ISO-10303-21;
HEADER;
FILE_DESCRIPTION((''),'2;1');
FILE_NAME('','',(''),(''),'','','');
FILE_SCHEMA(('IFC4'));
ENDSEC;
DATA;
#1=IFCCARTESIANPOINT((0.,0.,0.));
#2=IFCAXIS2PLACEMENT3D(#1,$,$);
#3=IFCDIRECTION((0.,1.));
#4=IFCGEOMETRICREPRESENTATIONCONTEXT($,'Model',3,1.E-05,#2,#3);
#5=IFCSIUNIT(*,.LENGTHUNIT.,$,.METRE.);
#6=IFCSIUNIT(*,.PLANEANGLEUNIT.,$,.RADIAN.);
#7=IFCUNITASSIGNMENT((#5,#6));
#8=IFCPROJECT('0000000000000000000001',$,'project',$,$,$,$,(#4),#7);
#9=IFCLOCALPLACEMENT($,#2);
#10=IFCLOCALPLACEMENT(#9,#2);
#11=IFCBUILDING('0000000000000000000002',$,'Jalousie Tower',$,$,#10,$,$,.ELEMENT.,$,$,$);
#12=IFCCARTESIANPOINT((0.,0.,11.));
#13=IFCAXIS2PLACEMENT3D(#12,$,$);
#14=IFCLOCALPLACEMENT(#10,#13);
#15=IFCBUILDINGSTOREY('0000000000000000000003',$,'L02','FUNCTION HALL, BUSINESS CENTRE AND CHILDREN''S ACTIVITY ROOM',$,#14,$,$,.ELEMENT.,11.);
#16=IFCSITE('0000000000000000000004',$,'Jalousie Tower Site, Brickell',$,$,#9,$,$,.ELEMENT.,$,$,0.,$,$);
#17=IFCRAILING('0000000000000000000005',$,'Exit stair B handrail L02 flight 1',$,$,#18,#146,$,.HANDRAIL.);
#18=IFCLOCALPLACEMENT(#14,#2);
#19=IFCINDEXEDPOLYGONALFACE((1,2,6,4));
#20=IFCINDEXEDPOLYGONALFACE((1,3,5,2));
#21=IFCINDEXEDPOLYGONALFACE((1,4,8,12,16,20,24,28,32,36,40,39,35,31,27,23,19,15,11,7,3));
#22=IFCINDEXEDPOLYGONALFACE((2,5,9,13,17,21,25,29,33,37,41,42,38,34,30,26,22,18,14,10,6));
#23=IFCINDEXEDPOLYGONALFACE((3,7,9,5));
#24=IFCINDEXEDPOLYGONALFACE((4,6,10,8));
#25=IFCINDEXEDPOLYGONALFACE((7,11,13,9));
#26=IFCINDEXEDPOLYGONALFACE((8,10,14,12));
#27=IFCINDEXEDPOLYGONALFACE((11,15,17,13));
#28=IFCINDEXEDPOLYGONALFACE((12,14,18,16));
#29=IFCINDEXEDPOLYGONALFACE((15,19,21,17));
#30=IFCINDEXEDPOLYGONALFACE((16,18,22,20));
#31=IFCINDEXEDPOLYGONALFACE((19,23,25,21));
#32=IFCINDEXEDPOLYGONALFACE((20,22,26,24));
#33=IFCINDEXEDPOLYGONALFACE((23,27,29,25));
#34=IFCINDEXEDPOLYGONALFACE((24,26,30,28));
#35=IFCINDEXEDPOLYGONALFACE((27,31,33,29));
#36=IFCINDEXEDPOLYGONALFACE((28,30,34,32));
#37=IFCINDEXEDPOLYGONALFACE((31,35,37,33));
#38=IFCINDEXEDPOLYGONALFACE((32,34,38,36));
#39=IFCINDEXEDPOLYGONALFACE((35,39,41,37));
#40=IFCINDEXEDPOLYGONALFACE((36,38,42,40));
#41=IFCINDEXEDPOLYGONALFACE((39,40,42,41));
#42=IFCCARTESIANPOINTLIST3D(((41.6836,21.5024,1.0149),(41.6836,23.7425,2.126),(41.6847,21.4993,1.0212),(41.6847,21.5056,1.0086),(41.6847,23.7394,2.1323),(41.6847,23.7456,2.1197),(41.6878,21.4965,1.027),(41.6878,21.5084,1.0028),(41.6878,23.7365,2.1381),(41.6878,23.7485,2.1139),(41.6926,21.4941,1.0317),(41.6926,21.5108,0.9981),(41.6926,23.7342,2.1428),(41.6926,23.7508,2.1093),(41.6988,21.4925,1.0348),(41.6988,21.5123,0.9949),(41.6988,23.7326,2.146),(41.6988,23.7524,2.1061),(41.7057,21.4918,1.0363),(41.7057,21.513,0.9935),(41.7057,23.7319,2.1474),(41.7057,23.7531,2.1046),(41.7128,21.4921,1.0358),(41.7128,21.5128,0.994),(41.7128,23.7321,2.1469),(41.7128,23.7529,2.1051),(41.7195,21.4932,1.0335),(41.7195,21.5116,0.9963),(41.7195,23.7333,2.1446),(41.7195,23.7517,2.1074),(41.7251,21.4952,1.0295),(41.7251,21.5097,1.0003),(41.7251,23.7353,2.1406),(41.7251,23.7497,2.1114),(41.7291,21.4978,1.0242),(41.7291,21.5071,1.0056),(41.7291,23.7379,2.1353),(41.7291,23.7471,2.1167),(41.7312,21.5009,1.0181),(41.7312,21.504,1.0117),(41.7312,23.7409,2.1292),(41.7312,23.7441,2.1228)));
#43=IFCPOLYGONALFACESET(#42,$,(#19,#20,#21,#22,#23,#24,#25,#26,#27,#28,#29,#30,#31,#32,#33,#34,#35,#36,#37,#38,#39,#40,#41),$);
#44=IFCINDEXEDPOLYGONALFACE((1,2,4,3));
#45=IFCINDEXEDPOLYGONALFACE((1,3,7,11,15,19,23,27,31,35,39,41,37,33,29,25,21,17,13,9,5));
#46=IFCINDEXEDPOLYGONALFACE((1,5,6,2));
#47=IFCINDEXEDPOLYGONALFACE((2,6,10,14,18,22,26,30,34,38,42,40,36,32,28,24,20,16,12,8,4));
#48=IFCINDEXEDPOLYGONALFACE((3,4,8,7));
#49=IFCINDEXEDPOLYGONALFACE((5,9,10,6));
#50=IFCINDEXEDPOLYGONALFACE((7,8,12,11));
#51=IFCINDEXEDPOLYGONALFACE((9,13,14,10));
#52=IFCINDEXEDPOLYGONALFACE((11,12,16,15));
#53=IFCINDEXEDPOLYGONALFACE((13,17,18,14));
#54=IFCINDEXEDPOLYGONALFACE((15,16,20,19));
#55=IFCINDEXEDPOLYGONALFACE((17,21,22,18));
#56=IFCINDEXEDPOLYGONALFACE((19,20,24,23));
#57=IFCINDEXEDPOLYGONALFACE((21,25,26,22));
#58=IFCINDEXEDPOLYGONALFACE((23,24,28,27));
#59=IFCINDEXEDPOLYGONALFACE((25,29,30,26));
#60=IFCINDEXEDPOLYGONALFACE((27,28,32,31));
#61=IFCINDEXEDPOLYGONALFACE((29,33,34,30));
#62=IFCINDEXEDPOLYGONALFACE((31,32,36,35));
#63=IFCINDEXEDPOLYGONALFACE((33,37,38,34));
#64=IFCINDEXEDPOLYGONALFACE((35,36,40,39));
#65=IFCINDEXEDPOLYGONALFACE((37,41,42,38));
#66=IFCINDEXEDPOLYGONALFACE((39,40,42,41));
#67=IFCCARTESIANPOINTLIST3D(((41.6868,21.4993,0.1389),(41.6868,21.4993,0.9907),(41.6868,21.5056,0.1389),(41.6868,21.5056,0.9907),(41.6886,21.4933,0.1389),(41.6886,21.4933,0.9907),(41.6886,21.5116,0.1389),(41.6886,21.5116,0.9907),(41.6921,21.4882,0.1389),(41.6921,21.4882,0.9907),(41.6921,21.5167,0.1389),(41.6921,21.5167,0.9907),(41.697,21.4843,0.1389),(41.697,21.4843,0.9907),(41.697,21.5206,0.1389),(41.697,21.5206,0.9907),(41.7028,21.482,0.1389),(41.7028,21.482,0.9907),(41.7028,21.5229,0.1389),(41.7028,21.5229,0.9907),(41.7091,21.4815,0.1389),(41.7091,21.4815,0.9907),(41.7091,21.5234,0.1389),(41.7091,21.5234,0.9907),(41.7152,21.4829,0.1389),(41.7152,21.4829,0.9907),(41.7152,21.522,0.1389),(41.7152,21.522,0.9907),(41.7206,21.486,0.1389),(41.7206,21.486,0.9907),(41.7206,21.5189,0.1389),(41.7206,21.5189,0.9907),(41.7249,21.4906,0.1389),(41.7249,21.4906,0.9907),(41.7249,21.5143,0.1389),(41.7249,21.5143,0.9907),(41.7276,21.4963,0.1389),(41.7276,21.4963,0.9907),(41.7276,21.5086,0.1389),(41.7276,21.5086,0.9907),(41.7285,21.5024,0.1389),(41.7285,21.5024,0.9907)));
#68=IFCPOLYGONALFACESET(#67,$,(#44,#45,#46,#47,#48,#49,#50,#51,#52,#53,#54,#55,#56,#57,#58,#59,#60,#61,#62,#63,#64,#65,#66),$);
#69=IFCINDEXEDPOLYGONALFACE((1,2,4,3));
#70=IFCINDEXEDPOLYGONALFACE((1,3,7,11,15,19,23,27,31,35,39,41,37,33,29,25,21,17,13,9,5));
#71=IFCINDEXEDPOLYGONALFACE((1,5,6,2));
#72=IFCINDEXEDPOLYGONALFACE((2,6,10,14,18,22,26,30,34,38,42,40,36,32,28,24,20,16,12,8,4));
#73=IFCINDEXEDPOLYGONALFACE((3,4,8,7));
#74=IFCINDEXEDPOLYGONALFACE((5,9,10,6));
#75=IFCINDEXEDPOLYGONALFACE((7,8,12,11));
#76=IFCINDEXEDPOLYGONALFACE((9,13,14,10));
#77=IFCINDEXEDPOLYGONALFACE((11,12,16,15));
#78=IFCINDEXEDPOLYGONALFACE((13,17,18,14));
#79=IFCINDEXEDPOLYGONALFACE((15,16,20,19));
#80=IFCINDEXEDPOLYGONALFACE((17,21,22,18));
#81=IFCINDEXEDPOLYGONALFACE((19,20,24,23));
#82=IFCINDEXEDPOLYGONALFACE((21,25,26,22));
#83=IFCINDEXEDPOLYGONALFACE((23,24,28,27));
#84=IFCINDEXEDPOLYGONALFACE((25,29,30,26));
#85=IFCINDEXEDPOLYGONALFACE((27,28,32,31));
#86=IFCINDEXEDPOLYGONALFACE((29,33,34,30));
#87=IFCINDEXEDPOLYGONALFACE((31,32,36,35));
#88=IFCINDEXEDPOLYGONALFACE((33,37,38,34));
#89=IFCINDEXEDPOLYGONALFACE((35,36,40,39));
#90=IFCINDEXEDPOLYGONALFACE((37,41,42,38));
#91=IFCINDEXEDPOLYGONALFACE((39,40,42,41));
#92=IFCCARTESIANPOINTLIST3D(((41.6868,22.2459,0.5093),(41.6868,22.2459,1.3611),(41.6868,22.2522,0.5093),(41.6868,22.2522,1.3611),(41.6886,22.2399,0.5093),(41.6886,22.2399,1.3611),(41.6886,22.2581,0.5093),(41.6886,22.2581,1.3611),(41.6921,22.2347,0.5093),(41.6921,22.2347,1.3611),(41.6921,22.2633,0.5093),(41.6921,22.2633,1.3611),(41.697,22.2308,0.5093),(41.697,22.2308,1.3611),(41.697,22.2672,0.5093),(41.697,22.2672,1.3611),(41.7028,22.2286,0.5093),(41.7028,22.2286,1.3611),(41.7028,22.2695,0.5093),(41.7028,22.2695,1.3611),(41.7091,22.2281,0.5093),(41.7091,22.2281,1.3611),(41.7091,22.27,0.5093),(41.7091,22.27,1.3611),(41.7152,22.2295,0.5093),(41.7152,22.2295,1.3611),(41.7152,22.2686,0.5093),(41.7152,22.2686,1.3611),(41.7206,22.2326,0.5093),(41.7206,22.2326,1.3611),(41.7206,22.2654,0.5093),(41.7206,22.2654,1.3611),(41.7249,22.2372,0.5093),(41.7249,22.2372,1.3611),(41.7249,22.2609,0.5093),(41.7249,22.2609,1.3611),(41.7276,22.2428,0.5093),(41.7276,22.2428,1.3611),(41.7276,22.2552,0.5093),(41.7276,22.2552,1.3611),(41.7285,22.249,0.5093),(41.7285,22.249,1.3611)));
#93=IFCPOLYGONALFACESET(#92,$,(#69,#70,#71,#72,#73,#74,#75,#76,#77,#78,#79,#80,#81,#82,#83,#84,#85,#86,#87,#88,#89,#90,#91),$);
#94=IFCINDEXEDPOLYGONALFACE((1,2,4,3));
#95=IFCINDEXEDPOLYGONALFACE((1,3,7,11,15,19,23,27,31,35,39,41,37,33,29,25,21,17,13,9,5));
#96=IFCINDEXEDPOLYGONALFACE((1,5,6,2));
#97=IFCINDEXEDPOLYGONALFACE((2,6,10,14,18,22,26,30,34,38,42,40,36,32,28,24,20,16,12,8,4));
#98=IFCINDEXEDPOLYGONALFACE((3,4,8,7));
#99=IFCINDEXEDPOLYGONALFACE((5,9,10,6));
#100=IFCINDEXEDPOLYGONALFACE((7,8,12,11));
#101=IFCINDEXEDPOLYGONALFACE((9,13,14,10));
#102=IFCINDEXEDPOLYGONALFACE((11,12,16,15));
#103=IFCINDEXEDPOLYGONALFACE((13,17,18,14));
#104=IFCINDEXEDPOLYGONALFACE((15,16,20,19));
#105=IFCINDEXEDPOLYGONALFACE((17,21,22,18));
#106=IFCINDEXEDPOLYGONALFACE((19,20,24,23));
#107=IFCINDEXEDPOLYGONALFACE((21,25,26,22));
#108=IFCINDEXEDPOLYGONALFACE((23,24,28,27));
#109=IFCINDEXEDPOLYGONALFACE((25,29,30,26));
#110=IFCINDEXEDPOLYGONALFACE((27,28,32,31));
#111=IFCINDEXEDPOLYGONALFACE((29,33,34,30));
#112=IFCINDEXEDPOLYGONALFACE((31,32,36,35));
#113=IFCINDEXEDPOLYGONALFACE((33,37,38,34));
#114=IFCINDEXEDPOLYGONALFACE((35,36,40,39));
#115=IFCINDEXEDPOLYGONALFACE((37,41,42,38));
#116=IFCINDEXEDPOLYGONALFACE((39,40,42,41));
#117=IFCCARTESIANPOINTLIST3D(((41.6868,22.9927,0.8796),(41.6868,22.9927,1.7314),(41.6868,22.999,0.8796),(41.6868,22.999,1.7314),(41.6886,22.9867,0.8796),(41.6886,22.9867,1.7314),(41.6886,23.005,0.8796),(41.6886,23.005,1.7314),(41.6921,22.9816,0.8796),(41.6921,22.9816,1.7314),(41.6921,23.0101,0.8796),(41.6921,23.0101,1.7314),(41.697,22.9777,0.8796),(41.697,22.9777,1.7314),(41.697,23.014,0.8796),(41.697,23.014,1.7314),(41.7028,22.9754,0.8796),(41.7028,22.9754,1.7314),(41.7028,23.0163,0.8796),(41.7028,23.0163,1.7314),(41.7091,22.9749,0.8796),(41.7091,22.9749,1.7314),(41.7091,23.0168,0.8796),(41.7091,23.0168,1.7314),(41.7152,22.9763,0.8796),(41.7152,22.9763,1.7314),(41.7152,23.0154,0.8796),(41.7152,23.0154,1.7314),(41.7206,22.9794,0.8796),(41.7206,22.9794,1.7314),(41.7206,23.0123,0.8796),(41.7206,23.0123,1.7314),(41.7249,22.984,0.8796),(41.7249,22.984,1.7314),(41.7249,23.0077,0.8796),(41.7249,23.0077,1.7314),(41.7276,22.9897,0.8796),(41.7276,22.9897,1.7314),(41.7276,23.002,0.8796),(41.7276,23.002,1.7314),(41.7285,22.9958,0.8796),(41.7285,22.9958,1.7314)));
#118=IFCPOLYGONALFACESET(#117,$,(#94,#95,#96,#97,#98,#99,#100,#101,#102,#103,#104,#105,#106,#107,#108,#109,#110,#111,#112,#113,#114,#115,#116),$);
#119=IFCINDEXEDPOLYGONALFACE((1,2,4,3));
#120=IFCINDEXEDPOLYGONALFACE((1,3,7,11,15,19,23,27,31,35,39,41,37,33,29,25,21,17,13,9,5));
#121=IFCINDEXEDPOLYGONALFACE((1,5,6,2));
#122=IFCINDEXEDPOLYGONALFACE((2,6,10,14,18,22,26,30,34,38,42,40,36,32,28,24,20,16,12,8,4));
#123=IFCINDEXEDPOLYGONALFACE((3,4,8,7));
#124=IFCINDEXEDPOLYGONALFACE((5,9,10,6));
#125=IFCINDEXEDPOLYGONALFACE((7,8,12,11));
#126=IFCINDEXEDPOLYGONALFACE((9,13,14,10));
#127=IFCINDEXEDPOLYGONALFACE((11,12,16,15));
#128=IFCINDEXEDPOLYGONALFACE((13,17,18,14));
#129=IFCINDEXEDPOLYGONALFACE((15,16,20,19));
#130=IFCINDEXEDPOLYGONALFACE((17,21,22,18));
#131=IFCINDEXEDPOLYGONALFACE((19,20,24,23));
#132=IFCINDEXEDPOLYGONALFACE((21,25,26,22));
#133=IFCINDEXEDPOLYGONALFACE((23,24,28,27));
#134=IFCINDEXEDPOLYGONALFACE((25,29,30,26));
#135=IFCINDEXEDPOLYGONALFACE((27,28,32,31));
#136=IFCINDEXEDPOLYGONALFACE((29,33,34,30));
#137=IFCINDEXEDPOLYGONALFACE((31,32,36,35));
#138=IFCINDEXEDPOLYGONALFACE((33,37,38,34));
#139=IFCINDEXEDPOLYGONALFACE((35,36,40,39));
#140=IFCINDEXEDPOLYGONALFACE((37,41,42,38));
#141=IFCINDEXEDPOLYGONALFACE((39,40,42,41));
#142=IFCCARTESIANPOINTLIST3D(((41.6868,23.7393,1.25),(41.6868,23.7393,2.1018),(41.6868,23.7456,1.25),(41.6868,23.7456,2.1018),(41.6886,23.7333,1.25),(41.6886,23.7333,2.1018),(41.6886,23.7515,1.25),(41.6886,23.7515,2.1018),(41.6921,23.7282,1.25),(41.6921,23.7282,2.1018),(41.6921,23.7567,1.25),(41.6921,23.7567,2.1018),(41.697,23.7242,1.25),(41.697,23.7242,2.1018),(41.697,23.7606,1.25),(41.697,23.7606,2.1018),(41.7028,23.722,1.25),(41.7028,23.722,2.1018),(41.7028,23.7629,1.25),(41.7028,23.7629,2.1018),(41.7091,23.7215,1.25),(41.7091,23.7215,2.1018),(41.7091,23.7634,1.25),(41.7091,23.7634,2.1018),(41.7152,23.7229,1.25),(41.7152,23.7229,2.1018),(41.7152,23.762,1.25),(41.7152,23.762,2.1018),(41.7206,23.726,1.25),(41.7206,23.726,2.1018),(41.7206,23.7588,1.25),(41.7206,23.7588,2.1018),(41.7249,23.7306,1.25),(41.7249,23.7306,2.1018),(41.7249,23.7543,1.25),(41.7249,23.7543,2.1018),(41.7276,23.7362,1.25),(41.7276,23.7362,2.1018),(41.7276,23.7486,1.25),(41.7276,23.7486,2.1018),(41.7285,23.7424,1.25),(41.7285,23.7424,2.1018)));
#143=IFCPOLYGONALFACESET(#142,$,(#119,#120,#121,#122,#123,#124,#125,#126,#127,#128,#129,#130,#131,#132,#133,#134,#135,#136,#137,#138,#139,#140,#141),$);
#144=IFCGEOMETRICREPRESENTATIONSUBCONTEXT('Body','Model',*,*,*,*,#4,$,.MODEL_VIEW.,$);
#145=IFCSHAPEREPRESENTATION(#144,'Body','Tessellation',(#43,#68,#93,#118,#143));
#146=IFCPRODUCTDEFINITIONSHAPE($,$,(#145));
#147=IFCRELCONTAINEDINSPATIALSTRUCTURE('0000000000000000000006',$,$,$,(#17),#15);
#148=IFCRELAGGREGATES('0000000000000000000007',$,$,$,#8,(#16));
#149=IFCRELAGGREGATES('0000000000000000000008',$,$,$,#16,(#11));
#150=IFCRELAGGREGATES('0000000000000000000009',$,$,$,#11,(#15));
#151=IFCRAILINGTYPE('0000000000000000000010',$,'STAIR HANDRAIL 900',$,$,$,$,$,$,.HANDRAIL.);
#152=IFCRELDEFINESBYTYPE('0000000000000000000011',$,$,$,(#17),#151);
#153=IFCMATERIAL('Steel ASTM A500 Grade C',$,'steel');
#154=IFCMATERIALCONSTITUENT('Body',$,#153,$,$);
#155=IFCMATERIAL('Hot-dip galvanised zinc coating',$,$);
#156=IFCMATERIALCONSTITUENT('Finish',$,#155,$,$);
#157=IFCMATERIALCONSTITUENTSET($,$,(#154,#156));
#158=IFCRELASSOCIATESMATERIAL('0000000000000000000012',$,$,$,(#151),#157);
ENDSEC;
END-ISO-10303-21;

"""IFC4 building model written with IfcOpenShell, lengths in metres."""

from ifc_helpers import new_model, si_unit, direction, frame, origin, origin_2d, place, context, subcontext, project, spatial, circle, extrude, material, constituent, constituent_set, type_object, element, save


model = new_model("IFC4")

# Units and contexts
model_context = context("Model", 3, precision=1e-05, world=origin(), true_north=direction((0.0, 1.0)))
body_context = subcontext(model_context, "Body", "Model", "MODEL_VIEW")
ifc_project = project(units=[si_unit("LENGTHUNIT", "METRE"), si_unit("PLANEANGLEUNIT", "RADIAN")], contexts=[model_context])

# Site, building, storey
site_placement = place(None, origin())
site = spatial("IfcSite", under=ifc_project, at=site_placement, Name="Jalousie Tower Site, Brickell", CompositionType="ELEMENT", RefElevation=0.0)
building_placement = place(site_placement, origin())
building = spatial("IfcBuilding", under=site, at=building_placement, Name="Jalousie Tower", CompositionType="ELEMENT")
storey_placement = place(building_placement, frame((0.0, 0.0, 11.0)))
storey = spatial("IfcBuildingStorey", under=building, at=storey_placement, Name="L02", Description="FUNCTION HALL, BUSINESS CENTRE AND CHILDREN'S ACTIVITY ROOM", CompositionType="ELEMENT", Elevation=11.0)

# Railing
ifc_material_1 = material(Name="Steel ASTM A500 Grade C", Category="steel")
ifc_constituent_1 = constituent(ifc_material_1, Name="Body")
ifc_material_2 = material(Name="Hot-dip galvanised zinc coating")
ifc_constituent_2 = constituent(ifc_material_2, Name="Finish")
ifc_constituent_set_1 = constituent_set(constituents=[ifc_constituent_1, ifc_constituent_2])
railing_type_1 = type_object("IfcRailingType", Name="STAIR HANDRAIL 900", PredefinedType="HANDRAIL", material=ifc_constituent_set_1)
for number, where, name in (
    (1, (41.7075, 21.5024, 0.1389), "Exit stair B handrail L02 flight 1"),
):
    element("IfcRailing", number, at=place(storey_placement, frame(where)), inside=storey, type_object=railing_type_1, Name=name, PredefinedType="HANDRAIL", context=body_context, shape_type="SweptSolid", body=[
        extrude(circle(Radius=0.0239, at=origin_2d()), frame((0.0, 0.0, 0.876), z_axis=(0.0, 0.895848, 0.44436), x_axis=(-1.0, 0.0, 0.0)), (0.0, 0.0, 1.0), 2.5005),
        extrude(circle(Radius=0.021, at=origin_2d()), origin(), (0.0, 0.0, 1.0), 0.8518),
        extrude(circle(Radius=0.021, at=origin_2d()), frame((0.0, 0.7466, 0.3704)), (0.0, 0.0, 1.0), 0.8518),
        extrude(circle(Radius=0.021, at=origin_2d()), frame((0.0, 1.4934, 0.7407)), (0.0, 0.0, 1.0), 0.8518),
        extrude(circle(Radius=0.021, at=origin_2d()), frame((0.0, 2.24, 1.1111)), (0.0, 0.0, 1.0), 0.8518),
    ])

save(model, "model.ifc")
